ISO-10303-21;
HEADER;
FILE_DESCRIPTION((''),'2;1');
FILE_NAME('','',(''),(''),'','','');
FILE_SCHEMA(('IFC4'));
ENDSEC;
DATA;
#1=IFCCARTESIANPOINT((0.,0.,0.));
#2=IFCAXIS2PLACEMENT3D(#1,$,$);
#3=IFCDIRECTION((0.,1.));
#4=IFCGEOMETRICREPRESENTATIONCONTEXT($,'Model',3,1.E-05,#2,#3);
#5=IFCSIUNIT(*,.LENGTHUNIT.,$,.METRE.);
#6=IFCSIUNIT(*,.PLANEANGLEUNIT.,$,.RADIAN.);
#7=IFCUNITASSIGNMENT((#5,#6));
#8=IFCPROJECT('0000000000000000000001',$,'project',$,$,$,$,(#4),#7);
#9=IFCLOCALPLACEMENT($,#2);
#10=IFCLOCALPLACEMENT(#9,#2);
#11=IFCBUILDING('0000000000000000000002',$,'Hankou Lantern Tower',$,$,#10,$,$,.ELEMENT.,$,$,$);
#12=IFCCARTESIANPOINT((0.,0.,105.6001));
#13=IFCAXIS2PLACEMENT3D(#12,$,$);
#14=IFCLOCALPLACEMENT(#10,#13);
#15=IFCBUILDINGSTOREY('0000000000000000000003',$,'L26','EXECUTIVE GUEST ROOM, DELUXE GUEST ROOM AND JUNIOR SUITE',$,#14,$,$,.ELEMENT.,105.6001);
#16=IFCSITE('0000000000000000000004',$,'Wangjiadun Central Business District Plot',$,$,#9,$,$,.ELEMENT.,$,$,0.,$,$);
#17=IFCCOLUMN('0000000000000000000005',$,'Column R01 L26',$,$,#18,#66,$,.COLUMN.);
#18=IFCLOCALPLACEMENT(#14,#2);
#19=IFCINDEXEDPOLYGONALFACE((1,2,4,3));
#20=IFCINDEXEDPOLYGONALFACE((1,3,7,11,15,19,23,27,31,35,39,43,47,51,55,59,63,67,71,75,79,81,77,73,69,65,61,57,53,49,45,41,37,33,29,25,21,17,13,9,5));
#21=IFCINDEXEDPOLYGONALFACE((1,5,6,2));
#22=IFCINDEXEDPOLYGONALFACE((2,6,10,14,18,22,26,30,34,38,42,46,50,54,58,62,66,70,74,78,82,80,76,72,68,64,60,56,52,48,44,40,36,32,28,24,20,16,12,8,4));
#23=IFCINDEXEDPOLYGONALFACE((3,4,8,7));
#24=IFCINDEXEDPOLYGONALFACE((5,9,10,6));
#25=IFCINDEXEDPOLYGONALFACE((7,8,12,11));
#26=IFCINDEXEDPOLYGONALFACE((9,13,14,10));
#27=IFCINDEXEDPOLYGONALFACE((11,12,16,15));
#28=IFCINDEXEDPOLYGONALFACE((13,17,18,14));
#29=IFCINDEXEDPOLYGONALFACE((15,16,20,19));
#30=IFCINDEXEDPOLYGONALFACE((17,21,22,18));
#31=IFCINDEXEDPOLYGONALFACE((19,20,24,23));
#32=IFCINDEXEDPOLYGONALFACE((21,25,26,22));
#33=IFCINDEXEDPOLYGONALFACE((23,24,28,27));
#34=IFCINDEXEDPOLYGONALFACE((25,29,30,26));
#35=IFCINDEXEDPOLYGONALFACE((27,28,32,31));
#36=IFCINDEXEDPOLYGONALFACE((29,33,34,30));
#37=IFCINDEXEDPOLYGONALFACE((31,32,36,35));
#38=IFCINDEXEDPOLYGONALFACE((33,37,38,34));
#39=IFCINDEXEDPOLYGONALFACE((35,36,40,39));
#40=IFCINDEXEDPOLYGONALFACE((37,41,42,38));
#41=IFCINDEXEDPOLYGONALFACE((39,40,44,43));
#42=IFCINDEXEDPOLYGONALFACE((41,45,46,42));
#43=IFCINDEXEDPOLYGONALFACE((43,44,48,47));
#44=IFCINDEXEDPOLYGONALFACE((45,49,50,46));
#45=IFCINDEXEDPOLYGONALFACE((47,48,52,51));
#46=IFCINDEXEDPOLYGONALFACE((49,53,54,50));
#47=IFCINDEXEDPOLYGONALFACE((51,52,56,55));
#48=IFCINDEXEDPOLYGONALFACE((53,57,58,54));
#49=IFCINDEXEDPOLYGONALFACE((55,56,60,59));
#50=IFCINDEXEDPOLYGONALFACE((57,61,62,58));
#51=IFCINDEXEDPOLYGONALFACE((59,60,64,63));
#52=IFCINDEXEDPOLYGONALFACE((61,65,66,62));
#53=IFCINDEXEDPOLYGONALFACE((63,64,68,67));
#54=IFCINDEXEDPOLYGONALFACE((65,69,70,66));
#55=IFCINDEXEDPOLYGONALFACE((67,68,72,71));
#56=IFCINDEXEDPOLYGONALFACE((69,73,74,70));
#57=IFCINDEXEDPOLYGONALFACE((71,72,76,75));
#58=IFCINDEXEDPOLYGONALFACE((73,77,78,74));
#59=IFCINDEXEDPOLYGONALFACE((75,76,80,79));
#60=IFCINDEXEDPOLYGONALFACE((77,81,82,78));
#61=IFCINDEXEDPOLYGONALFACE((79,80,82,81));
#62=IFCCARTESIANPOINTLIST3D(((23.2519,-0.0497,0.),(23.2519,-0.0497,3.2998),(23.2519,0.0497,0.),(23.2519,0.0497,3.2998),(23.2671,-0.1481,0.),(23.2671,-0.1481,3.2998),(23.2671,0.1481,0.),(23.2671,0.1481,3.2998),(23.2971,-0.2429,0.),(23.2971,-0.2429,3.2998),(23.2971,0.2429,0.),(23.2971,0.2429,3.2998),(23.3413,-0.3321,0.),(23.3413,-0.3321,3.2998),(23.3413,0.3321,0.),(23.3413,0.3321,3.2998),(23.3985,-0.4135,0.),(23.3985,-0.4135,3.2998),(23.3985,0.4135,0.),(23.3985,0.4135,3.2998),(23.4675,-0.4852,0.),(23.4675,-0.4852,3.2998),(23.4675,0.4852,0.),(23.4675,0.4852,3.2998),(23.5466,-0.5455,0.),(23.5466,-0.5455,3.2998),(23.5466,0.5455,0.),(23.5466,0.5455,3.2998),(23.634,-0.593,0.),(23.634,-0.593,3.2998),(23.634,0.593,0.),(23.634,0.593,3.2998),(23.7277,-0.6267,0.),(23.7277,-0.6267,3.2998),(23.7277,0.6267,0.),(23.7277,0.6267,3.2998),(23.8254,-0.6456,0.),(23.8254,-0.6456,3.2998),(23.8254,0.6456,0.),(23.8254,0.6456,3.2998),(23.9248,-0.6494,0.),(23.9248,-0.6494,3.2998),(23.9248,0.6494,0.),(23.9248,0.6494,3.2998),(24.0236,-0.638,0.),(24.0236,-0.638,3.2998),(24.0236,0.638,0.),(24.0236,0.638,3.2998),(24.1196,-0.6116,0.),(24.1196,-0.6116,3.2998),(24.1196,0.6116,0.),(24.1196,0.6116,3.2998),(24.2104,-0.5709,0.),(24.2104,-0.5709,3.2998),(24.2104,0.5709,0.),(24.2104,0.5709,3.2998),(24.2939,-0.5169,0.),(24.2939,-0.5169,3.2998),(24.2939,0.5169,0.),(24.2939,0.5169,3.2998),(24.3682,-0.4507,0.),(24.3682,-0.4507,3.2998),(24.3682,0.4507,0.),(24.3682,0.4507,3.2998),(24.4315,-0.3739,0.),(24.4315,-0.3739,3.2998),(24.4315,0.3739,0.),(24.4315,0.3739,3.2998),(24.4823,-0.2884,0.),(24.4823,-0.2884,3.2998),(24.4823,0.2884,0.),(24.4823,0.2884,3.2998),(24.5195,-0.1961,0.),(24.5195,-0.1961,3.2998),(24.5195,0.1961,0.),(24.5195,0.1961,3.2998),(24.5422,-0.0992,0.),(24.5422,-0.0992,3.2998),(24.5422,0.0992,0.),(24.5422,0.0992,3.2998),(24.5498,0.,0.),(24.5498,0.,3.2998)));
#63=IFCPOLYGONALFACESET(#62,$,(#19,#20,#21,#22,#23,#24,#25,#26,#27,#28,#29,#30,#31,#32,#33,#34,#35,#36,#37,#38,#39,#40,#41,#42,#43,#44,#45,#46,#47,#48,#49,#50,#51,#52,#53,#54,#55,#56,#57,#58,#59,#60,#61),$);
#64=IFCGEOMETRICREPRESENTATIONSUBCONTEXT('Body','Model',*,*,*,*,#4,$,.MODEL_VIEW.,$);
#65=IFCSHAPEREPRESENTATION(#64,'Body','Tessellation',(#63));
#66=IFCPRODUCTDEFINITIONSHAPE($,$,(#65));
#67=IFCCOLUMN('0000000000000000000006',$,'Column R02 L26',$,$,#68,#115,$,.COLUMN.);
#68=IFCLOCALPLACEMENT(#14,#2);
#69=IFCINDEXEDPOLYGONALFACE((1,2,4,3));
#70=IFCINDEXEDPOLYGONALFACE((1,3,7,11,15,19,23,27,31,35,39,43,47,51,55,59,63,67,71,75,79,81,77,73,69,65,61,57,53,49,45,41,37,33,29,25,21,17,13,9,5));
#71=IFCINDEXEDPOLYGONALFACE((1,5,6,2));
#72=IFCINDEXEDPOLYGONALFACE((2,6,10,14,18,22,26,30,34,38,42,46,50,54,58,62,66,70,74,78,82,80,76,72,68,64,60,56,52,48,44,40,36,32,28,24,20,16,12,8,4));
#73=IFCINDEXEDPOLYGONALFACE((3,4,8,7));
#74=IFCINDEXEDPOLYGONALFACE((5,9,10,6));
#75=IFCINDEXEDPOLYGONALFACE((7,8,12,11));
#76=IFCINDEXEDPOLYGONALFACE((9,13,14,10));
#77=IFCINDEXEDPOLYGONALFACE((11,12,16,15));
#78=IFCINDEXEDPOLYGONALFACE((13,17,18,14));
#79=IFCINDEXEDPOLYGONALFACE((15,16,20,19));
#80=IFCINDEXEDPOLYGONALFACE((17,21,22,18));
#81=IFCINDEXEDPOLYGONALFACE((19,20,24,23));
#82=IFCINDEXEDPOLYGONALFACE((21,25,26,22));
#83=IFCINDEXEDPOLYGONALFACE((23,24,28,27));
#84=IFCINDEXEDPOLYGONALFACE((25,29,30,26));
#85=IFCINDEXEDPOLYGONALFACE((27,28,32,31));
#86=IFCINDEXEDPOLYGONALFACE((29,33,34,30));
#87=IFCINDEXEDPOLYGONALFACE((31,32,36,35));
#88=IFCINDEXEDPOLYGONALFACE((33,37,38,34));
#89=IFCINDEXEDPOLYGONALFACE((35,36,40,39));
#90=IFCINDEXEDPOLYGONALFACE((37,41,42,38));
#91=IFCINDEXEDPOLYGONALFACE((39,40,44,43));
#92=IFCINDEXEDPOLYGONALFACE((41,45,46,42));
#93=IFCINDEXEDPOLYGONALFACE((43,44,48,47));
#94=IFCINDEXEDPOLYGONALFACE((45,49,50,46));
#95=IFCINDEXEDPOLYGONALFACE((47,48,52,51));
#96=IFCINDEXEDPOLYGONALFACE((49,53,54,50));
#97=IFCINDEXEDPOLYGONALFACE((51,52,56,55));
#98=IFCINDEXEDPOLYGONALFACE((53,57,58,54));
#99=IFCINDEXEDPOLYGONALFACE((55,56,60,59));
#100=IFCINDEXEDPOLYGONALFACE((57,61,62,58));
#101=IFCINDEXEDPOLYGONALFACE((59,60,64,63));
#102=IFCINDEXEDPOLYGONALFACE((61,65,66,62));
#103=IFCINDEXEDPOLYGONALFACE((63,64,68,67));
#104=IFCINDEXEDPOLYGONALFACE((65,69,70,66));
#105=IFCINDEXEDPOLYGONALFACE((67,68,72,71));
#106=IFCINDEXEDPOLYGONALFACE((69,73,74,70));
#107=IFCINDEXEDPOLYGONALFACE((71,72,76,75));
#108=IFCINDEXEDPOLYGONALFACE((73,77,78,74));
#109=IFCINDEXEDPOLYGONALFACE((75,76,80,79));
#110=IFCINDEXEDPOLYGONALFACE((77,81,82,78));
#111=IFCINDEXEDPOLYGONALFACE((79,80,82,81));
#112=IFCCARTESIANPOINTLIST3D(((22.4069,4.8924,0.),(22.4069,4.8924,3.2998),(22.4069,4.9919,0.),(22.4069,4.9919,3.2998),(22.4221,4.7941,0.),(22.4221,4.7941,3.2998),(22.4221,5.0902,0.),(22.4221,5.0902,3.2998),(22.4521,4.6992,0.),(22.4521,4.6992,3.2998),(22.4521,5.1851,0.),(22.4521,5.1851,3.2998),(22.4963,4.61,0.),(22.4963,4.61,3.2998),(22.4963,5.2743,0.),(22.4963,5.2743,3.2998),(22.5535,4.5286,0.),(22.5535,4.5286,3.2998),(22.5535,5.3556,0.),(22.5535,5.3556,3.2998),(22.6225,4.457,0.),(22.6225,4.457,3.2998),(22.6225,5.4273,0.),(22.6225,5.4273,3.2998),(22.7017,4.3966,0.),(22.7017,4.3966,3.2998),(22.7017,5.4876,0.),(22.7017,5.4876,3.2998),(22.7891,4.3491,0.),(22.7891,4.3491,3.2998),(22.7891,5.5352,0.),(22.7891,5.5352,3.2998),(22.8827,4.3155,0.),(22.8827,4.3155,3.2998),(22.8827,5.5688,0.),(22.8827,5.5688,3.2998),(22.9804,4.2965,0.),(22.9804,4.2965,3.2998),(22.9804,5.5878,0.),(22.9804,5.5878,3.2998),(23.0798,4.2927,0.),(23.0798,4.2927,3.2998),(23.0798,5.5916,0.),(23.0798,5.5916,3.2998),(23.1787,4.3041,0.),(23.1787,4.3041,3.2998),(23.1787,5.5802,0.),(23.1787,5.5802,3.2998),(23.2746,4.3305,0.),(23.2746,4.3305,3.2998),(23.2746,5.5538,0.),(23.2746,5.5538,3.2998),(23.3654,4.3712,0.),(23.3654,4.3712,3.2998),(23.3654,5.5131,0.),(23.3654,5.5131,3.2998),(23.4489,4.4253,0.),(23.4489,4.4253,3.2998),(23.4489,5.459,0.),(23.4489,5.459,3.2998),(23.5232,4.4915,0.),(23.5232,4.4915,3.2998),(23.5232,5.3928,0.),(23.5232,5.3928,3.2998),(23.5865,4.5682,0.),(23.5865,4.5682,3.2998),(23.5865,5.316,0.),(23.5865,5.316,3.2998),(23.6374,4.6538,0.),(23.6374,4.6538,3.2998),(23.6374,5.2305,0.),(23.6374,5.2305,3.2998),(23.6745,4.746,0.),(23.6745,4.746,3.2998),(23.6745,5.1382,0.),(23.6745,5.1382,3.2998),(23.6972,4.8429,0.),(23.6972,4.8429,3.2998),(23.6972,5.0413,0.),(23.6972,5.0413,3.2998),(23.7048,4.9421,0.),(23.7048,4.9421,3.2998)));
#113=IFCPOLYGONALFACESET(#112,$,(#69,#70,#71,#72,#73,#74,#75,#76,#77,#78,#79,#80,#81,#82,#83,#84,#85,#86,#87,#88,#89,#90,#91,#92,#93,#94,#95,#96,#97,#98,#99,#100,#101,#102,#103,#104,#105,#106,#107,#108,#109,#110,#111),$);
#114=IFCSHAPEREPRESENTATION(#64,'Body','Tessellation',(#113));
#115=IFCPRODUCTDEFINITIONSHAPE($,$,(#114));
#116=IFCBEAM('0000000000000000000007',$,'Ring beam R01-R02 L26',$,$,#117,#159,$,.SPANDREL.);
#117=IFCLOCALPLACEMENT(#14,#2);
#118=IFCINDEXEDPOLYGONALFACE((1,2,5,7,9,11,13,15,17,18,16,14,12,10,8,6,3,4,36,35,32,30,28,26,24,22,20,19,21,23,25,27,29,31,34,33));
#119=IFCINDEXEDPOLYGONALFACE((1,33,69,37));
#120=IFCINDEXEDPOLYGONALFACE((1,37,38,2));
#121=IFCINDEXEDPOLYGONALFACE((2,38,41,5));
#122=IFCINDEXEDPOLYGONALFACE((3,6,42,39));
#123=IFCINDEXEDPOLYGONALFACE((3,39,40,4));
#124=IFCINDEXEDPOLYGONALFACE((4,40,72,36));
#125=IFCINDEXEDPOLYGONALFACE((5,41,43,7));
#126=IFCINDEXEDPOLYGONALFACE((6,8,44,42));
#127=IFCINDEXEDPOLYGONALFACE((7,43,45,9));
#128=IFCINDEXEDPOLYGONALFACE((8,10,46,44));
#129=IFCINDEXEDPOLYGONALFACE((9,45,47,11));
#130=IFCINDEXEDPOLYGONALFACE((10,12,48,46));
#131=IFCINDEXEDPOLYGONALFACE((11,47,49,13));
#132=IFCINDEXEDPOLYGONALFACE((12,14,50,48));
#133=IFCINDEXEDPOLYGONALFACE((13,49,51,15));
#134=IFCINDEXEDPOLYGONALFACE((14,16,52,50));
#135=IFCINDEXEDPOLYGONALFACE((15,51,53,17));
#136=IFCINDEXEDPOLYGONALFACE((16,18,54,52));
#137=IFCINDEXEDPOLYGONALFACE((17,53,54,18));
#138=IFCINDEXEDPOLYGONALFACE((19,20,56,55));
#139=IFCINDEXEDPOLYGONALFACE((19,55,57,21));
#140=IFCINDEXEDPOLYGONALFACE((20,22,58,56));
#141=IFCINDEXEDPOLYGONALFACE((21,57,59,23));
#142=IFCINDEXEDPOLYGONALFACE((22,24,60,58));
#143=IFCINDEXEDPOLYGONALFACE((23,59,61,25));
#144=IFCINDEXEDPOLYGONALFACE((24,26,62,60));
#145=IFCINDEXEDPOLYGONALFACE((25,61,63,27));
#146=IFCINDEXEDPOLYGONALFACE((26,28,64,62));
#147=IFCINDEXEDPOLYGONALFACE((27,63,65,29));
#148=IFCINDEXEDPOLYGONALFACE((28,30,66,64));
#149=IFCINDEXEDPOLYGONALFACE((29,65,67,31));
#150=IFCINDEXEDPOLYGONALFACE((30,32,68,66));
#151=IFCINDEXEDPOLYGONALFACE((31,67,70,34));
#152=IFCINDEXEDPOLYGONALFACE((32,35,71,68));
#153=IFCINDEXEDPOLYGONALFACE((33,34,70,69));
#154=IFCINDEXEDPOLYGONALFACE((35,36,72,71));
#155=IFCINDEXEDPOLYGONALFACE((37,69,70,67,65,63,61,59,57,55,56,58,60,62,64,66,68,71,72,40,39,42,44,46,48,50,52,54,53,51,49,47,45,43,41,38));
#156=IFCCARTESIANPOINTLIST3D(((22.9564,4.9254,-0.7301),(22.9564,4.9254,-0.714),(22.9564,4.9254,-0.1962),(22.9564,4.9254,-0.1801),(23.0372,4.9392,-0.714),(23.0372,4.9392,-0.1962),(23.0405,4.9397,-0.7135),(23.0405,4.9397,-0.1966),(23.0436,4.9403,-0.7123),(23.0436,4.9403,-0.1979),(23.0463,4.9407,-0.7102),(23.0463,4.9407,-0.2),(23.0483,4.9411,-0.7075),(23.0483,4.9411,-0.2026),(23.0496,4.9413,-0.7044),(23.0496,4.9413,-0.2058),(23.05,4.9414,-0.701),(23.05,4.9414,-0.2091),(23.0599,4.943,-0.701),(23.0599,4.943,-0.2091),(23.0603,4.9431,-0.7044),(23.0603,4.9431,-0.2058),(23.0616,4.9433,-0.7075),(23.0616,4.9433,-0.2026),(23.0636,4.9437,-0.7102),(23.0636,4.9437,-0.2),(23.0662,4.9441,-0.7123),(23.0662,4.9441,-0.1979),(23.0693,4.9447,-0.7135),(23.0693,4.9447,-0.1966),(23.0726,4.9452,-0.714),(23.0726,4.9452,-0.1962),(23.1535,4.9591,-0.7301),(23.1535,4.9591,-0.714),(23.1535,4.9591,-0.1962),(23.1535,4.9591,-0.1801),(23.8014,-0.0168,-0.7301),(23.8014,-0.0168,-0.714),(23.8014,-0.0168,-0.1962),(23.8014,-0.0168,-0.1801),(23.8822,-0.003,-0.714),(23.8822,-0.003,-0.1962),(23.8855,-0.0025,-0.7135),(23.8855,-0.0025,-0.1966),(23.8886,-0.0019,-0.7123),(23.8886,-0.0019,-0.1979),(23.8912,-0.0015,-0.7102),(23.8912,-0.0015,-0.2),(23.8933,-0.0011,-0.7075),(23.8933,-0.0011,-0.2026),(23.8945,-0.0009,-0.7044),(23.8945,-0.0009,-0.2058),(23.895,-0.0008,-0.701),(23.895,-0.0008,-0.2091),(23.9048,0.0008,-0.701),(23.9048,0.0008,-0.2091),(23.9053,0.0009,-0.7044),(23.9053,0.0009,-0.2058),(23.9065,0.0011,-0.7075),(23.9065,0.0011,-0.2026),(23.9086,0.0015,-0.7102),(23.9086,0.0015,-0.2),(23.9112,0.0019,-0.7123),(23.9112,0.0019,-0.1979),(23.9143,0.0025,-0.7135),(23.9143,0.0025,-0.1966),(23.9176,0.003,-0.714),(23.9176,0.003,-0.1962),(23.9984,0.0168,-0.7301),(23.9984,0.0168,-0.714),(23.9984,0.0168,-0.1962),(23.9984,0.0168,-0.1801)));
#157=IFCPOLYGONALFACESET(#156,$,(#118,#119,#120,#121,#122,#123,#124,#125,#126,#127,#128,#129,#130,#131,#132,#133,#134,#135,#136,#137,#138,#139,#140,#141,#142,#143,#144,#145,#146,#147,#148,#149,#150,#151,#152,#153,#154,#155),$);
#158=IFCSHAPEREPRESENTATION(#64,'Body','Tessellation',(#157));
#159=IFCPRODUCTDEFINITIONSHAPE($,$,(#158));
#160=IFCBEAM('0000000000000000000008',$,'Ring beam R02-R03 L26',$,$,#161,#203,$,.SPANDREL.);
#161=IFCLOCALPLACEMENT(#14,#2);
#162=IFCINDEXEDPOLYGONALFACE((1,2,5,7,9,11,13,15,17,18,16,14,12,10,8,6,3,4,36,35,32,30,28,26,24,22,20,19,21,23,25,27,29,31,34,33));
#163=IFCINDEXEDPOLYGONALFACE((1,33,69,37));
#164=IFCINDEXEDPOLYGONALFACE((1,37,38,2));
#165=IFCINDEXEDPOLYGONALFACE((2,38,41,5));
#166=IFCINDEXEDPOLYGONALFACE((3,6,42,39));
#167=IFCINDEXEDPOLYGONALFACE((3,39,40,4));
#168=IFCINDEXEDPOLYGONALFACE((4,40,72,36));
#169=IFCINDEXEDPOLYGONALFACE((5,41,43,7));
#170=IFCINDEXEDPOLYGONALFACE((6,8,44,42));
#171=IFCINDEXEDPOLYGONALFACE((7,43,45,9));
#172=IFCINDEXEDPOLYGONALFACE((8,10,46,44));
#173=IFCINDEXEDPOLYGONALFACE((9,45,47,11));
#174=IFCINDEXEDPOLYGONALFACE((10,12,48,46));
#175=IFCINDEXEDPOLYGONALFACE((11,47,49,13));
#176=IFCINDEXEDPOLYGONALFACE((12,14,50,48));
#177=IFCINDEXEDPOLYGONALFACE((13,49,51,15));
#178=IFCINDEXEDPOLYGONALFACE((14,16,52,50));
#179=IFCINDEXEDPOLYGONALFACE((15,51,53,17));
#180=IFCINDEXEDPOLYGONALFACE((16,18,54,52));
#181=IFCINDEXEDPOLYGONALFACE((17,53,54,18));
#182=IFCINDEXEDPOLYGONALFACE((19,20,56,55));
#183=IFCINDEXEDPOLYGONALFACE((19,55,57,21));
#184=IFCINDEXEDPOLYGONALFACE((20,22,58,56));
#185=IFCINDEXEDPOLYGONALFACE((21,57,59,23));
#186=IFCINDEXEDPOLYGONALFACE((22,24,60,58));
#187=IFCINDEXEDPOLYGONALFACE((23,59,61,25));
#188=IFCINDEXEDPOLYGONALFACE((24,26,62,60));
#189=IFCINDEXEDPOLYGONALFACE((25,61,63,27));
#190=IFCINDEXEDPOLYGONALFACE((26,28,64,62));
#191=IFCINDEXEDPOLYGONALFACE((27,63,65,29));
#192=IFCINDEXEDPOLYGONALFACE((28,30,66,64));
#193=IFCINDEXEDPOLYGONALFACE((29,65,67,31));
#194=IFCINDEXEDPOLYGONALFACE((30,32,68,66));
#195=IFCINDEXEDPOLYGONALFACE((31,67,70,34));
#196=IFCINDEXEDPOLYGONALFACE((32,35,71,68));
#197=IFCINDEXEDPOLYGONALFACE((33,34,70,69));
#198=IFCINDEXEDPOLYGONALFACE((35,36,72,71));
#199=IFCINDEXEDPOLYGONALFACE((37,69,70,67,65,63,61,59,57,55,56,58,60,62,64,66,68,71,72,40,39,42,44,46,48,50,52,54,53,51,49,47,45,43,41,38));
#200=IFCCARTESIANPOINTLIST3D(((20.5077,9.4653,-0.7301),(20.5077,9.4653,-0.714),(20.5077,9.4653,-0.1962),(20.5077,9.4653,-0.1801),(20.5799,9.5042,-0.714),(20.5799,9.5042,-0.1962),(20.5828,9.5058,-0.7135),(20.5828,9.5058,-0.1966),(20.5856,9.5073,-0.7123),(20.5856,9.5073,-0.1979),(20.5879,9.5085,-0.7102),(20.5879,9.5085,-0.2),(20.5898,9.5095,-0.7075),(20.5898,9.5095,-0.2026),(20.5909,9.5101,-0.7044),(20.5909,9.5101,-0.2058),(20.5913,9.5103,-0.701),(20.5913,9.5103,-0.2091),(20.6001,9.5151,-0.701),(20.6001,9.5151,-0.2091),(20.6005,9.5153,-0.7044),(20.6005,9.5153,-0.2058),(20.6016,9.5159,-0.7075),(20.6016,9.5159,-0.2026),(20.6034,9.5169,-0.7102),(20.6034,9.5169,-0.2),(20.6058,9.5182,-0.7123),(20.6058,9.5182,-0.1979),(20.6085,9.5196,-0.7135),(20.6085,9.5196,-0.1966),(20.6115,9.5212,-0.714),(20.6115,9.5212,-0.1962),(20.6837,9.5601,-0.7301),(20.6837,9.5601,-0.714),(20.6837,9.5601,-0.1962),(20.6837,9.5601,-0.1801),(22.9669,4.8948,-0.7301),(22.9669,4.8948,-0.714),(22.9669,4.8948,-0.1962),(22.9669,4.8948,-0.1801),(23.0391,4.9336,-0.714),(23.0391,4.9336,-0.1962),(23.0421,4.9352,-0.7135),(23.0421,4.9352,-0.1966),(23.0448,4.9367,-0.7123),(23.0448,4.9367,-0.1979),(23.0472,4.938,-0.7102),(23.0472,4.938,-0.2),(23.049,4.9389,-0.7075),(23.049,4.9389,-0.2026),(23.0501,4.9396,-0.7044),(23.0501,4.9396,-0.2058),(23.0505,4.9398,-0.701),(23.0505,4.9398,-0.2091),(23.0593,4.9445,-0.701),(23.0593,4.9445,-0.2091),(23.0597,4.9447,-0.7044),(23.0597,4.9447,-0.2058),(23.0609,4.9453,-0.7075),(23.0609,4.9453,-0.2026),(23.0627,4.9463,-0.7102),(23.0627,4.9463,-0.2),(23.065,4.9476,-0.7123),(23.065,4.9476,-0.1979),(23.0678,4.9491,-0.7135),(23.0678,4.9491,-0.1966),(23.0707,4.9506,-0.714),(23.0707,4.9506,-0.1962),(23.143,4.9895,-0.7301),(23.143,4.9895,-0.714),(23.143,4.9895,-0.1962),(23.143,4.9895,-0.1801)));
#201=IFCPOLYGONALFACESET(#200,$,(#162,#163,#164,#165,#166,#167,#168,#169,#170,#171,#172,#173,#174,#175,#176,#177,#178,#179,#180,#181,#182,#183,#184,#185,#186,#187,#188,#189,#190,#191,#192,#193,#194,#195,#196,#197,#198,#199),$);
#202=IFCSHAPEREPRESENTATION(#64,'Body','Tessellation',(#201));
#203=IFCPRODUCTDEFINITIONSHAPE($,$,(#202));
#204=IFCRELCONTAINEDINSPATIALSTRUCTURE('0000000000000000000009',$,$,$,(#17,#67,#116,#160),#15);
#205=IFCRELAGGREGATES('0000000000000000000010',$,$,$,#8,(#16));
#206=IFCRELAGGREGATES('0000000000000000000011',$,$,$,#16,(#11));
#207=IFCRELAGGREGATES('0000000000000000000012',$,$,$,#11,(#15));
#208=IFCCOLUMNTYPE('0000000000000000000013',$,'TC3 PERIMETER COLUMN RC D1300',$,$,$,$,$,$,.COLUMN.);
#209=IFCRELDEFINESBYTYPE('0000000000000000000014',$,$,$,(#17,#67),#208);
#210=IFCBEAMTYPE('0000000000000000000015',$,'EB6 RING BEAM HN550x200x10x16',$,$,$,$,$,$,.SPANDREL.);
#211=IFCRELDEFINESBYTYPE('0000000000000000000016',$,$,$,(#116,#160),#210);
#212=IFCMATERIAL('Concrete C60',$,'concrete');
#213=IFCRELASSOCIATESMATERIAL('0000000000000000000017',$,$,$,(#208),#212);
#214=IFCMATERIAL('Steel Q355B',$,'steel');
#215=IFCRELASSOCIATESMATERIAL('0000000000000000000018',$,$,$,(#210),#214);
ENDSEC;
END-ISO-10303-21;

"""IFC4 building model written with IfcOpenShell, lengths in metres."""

from ifc_helpers import new_model, si_unit, direction, frame, origin, origin_2d, place, context, subcontext, project, spatial, circle, i_section, extrude, material, material_profile, profile_set, type_object, element, save


model = new_model("IFC4")

# Units and contexts
model_context = context("Model", 3, precision=1e-05, world=origin(), true_north=direction((0.0, 1.0)))
body_context = subcontext(model_context, "Body", "Model", "MODEL_VIEW")
ifc_project = project(units=[si_unit("LENGTHUNIT", "METRE"), si_unit("PLANEANGLEUNIT", "RADIAN")], contexts=[model_context])

# Site, building, storey
site_placement = place(None, origin())
site = spatial("IfcSite", under=ifc_project, at=site_placement, Name="Wangjiadun Central Business District Plot", CompositionType="ELEMENT", RefElevation=0.0)
building_placement = place(site_placement, origin())
building = spatial("IfcBuilding", under=site, at=building_placement, Name="Hankou Lantern Tower", CompositionType="ELEMENT")
storey_placement = place(building_placement, frame((0.0, 0.0, 105.6001)))
storey = spatial("IfcBuildingStorey", under=building, at=storey_placement, Name="L26", Description="EXECUTIVE GUEST ROOM, DELUXE GUEST ROOM AND JUNIOR SUITE", CompositionType="ELEMENT", Elevation=105.6001)

# Columns
ifc_material_1 = material(Name="Concrete C60", Category="concrete")
ifc_material_profile_1 = material_profile(ifc_material_1, circle(Radius=0.6499, at=origin_2d()), Name="RC D1300")
ifc_profile_set_1 = profile_set([ifc_material_profile_1], Name="Concrete C60")
column_type = type_object("IfcColumnType", Name="TC3 PERIMETER COLUMN RC D1300", PredefinedType="COLUMN", material=ifc_profile_set_1)
for number, where, z_axis, x_axis, name in (
    (1, (23.8999, 0.0, 0.0), (0.0, 0.0, 1.0), (1.0, 0.0, 0.0), "Column R01 L26"),
    (2, (23.0549, 4.9421, 0.0), (0.0, 0.0, 1.0), (1.0, 0.0, 0.0), "Column R02 L26"),
):
    element("IfcColumn", number, at=place(storey_placement, frame(where, z_axis=z_axis, x_axis=x_axis)), inside=storey, type_object=column_type, Name=name, PredefinedType="COLUMN", context=body_context, shape_type="SweptSolid", body=[
        extrude(circle(Radius=0.6499, at=origin_2d()), origin(), (0.0, 0.0, 1.0), 3.2998),
    ])

# Beams
ifc_material_2 = material(Name="Steel Q355B", Category="steel")
ifc_material_profile_2 = material_profile(ifc_material_2, i_section(OverallWidth=0.2, OverallDepth=0.55, WebThickness=0.01, FlangeThickness=0.0161, FilletRadius=0.0129, at=origin_2d()), Name="HN550x200x10x16")
ifc_profile_set_2 = profile_set([ifc_material_profile_2], Name="Steel Q355B")
beam_type_1 = type_object("IfcBeamType", Name="EB6 RING BEAM HN550x200x10x16", PredefinedType="SPANDREL", material=ifc_profile_set_2)
beam_1_placement = place(storey_placement, frame((23.8999, 0.0, -0.4551), z_axis=(-0.168527, 0.985697, 0.0), x_axis=(-0.985697, -0.168527, 0.0)))
element("IfcBeam", 3, at=beam_1_placement, inside=storey, type_object=beam_type_1, Name="Ring beam R01-R02 L26", PredefinedType="SPANDREL", context=body_context, shape_type="SweptSolid", body=[
    extrude(i_section(OverallWidth=0.2, OverallDepth=0.55, WebThickness=0.01, FlangeThickness=0.0161, FilletRadius=0.0129, at=origin_2d()), origin(), (0.0, 0.0, 1.0), 5.0139),
])
beam_2_placement = place(storey_placement, frame((23.0549, 4.9421, -0.4551), z_axis=(-0.473825, 0.880619, 0.0), x_axis=(-0.880619, -0.473825, 0.0)))
element("IfcBeam", 4, at=beam_2_placement, inside=storey, type_object=beam_type_1, Name="Ring beam R02-R03 L26", PredefinedType="SPANDREL", context=body_context, shape_type="SweptSolid", body=[
    extrude(i_section(OverallWidth=0.2, OverallDepth=0.55, WebThickness=0.01, FlangeThickness=0.0161, FilletRadius=0.0129, at=origin_2d()), origin(), (0.0, 0.0, 1.0), 5.1902),
])

save(model, "model.ifc")
